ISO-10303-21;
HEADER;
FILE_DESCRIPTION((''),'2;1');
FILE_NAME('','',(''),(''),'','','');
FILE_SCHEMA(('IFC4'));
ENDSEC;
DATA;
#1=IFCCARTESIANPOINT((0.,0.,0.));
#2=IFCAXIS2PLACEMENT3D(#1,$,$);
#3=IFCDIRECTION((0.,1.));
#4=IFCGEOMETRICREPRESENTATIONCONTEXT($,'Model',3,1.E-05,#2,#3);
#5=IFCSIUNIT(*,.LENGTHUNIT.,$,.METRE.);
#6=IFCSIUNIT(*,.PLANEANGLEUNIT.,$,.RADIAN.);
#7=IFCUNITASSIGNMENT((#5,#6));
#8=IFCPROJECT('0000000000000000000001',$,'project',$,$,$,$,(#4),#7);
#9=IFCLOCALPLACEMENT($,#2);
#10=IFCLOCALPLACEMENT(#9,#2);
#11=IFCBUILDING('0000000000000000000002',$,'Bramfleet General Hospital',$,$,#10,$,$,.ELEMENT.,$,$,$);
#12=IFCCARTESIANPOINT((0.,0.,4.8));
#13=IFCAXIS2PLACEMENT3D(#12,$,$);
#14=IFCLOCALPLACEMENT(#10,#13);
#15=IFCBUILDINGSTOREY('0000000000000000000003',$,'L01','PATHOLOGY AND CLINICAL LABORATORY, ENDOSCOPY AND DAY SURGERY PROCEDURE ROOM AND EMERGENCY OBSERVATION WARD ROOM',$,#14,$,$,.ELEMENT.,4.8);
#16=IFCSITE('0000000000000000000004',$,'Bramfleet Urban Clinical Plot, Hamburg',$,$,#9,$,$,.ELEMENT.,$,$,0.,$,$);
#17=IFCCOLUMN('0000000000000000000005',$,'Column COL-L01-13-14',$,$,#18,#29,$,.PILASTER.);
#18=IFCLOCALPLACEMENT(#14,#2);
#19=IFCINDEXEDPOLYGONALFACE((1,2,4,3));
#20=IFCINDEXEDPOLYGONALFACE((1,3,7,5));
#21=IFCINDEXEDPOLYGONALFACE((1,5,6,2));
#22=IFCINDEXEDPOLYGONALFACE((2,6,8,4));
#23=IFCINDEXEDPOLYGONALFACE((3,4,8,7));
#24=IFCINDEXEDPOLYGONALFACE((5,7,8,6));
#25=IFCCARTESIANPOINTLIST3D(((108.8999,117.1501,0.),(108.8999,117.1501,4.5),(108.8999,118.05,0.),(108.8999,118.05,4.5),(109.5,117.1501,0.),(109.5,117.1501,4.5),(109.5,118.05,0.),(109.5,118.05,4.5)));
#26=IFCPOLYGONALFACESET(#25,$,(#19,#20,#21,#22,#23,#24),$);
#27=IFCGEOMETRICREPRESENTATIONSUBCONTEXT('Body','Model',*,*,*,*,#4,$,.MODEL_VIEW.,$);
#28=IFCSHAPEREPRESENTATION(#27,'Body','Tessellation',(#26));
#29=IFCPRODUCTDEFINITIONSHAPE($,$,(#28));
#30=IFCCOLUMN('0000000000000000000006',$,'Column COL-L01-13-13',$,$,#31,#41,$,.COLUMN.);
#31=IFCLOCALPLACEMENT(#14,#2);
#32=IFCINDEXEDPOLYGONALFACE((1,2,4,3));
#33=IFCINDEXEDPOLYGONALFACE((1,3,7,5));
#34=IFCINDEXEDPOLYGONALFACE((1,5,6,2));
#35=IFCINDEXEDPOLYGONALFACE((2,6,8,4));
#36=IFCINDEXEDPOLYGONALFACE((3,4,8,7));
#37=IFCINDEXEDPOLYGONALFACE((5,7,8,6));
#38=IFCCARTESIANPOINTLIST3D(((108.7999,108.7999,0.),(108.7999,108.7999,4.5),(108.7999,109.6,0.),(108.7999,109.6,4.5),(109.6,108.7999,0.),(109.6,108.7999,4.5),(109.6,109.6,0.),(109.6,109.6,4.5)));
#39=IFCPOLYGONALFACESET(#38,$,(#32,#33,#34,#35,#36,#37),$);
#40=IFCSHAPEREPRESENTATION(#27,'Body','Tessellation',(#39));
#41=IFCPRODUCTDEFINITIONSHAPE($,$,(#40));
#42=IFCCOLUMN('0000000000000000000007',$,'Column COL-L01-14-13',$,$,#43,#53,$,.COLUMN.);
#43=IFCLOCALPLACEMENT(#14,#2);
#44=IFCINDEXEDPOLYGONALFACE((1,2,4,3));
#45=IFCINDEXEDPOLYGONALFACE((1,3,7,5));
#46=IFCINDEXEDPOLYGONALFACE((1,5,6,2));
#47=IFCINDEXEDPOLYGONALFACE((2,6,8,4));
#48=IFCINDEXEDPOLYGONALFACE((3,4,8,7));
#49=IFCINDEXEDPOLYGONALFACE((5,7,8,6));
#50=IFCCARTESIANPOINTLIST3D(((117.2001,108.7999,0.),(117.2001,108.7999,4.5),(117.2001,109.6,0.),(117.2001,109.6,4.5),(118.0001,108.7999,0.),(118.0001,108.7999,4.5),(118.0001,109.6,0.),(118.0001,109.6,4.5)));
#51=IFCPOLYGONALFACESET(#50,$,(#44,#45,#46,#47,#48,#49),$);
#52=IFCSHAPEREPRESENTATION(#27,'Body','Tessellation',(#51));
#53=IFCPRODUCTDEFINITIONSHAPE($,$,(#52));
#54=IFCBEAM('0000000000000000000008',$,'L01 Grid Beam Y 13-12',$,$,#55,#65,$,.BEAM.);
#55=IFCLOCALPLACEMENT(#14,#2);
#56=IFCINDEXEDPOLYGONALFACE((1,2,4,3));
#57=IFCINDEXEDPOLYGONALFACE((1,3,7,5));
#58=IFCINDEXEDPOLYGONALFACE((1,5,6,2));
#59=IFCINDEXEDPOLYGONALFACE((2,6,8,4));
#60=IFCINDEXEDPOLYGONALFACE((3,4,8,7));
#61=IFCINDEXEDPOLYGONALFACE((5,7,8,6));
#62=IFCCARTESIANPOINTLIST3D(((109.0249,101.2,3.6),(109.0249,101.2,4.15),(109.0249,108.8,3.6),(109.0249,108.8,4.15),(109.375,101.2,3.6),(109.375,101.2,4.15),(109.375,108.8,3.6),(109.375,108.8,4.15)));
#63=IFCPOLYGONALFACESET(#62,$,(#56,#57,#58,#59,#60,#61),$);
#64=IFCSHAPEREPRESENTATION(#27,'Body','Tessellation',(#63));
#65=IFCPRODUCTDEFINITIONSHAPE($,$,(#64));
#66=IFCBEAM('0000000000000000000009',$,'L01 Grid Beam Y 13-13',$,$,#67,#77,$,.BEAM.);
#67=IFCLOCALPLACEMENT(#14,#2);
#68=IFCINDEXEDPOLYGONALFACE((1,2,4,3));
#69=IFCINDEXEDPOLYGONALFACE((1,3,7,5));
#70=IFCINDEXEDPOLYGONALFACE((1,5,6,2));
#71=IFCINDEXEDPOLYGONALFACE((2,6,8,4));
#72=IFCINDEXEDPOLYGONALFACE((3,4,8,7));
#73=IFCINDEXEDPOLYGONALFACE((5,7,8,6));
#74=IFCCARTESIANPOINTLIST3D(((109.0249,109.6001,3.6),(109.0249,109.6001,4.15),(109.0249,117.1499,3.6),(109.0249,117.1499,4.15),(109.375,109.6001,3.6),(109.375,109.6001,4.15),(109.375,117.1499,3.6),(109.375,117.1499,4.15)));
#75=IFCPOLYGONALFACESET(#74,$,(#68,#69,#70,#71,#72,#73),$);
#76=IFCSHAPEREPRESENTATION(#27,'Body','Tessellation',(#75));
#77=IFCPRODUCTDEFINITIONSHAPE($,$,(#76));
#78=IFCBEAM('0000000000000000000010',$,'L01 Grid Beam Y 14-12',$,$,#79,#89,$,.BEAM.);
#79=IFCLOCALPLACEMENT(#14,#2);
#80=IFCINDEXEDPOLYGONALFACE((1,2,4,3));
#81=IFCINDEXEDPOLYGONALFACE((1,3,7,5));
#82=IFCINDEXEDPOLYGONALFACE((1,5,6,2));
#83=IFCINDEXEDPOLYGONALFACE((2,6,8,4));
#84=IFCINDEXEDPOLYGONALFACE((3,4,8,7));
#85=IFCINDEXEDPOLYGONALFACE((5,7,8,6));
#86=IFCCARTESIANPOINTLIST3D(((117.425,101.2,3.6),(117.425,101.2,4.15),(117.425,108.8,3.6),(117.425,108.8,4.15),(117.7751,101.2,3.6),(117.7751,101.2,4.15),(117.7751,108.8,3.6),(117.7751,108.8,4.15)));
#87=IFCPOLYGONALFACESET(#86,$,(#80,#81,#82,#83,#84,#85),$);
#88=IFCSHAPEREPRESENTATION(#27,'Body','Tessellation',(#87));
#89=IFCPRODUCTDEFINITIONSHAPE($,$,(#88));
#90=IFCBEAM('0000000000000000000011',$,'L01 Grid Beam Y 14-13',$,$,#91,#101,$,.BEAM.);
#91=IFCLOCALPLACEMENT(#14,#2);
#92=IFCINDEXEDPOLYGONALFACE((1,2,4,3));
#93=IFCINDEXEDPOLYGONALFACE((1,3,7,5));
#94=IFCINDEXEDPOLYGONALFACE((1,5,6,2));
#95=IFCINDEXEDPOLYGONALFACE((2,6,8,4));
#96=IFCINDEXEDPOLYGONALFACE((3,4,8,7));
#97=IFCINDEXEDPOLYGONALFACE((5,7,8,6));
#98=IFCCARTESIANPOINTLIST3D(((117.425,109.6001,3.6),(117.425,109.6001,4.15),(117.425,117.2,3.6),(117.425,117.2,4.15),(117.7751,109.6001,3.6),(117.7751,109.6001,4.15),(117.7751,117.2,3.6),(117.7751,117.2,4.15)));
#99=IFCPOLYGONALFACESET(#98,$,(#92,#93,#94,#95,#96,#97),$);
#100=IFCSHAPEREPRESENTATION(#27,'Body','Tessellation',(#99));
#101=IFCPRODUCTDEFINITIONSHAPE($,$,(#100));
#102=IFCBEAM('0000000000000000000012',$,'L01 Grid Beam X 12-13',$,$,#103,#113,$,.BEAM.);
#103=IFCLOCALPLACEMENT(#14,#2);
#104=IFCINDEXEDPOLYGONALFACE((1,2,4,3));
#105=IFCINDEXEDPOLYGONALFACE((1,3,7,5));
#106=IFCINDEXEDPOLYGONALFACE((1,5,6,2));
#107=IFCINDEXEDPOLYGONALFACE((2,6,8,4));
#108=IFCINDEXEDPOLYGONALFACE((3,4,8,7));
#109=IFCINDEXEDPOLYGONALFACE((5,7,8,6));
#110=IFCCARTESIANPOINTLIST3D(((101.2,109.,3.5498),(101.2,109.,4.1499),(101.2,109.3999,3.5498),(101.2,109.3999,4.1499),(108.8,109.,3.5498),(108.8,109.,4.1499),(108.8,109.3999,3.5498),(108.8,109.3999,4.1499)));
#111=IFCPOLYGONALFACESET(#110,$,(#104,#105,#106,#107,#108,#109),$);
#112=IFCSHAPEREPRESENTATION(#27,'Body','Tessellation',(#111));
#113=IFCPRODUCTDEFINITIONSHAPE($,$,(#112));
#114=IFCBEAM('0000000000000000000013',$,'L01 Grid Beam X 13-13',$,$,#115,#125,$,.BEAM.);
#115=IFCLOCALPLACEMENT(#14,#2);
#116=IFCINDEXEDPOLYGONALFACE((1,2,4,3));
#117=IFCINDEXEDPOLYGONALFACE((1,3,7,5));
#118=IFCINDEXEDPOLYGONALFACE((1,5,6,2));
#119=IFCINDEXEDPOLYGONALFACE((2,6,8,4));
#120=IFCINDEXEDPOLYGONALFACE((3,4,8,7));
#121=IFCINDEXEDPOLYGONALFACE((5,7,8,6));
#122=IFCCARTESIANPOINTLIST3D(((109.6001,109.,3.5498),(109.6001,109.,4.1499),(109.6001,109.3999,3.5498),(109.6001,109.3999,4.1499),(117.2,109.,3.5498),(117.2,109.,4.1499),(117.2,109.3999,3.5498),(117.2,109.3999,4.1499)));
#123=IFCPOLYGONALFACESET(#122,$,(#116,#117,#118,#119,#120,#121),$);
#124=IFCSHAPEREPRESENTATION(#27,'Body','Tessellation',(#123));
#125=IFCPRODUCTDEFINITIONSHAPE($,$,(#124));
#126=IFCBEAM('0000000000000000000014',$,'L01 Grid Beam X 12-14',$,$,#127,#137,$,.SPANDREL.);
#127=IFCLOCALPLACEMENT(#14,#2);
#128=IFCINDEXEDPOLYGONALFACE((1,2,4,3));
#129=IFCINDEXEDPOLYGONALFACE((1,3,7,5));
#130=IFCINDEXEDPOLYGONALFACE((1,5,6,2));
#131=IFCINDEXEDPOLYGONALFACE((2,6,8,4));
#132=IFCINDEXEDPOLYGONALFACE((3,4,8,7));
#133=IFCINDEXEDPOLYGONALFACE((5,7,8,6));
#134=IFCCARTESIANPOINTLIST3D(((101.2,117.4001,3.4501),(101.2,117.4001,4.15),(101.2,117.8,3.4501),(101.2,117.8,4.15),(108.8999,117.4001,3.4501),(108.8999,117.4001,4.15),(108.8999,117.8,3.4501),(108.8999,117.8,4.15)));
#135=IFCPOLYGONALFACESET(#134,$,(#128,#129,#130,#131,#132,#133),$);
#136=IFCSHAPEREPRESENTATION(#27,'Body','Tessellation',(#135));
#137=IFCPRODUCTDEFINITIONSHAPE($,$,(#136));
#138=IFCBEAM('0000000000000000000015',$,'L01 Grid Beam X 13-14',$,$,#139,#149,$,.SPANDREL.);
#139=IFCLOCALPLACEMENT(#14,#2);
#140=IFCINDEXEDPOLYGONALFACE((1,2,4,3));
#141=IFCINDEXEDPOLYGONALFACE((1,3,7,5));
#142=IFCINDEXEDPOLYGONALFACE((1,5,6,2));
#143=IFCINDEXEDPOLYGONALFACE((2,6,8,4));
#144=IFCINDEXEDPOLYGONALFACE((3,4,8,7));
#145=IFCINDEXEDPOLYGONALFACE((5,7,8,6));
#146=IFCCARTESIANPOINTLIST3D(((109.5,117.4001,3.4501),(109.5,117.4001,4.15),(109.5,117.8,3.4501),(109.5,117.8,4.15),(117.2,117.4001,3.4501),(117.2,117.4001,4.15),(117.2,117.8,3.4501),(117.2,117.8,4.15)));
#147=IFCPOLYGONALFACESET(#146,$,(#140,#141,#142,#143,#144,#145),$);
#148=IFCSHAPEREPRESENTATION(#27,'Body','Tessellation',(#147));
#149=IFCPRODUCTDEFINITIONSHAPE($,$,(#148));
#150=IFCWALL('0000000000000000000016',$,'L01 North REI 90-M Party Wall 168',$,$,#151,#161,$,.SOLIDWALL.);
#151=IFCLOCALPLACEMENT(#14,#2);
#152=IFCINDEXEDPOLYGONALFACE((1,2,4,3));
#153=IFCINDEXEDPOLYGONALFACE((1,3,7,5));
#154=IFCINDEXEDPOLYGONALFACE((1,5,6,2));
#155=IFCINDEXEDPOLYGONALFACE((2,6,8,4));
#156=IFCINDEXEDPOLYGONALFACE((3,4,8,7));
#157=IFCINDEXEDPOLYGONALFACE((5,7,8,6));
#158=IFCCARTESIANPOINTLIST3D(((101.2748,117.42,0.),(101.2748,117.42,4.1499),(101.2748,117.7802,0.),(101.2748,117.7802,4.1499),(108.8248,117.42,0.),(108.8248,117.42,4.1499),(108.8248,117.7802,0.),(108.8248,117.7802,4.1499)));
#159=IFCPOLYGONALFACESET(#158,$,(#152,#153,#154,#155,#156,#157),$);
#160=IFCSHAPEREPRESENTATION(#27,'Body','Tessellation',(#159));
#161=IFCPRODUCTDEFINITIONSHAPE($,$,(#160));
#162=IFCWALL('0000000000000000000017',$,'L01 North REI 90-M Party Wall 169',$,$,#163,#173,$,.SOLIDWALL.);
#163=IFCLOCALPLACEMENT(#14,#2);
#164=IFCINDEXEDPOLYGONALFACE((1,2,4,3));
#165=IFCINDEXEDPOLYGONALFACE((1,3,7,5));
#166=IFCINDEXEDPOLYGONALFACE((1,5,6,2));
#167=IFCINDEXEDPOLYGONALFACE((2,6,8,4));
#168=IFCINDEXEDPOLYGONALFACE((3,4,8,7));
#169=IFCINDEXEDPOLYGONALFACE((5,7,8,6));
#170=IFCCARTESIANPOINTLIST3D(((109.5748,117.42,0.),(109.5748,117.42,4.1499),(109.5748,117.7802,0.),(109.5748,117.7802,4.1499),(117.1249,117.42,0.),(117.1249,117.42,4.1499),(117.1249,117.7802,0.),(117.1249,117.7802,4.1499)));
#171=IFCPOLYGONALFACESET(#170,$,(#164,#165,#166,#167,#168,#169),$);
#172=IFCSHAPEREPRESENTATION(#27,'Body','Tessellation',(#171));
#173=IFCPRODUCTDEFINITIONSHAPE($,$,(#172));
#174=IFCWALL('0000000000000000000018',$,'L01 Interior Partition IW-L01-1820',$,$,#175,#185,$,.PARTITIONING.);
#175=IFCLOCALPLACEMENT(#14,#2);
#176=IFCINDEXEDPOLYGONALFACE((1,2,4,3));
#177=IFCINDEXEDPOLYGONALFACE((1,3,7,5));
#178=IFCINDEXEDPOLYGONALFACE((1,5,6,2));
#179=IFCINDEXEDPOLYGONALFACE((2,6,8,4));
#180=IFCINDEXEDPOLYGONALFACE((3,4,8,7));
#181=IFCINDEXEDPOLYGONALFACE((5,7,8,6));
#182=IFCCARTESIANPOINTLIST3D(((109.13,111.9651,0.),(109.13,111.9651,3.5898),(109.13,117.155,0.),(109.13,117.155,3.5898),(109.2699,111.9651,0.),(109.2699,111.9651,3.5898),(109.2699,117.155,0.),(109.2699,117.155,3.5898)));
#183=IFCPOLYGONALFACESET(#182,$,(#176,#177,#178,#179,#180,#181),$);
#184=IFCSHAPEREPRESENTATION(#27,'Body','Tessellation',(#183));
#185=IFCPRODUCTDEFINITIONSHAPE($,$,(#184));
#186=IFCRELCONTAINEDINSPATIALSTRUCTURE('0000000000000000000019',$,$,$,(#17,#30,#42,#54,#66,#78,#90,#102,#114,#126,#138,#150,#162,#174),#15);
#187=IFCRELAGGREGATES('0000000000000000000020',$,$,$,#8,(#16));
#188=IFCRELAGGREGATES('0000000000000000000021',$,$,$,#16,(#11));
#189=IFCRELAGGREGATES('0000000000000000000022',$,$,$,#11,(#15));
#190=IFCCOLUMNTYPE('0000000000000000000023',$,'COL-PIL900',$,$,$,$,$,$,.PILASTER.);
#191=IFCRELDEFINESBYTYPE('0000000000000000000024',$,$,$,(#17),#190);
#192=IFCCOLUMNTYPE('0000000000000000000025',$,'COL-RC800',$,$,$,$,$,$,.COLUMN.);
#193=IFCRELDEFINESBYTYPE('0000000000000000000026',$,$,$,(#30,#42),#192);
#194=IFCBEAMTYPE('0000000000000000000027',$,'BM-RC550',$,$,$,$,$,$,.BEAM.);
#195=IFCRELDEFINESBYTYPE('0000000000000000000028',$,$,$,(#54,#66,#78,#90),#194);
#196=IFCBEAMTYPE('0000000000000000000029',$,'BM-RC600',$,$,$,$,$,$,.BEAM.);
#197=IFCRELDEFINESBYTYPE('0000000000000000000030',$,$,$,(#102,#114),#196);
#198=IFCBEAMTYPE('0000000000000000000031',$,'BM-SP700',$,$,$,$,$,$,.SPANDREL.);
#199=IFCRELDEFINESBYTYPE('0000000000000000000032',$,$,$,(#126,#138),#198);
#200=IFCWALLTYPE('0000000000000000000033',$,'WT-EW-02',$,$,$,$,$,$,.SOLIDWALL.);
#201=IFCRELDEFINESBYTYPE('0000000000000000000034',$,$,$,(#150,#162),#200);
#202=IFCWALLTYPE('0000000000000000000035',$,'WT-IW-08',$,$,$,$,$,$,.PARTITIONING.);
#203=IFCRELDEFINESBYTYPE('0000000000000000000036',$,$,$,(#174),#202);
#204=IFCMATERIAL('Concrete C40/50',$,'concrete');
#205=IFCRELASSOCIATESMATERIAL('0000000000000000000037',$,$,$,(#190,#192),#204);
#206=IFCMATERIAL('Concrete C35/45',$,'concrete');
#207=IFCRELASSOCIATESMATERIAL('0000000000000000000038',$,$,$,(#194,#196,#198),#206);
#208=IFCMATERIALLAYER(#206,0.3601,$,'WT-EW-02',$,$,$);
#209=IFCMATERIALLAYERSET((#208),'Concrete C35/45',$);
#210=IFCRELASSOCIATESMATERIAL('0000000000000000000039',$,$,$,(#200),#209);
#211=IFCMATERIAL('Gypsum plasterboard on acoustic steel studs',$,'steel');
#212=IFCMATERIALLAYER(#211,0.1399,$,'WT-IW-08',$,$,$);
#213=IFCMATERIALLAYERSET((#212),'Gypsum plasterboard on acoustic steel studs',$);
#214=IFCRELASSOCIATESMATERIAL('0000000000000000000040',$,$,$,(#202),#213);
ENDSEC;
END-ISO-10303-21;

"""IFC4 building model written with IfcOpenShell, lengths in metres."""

from ifc_helpers import new_model, si_unit, direction, frame, frame_2d, origin, origin_2d, place, context, subcontext, project, spatial, rectangle, extrude, material, layer, layer_set, material_profile, profile_set, type_object, element, save


model = new_model("IFC4")

# Units and contexts
model_context = context("Model", 3, precision=1e-05, world=origin(), true_north=direction((0.0, 1.0)))
body_context = subcontext(model_context, "Body", "Model", "MODEL_VIEW")
ifc_project = project(units=[si_unit("LENGTHUNIT", "METRE"), si_unit("PLANEANGLEUNIT", "RADIAN")], contexts=[model_context])

# Site, building, storey
site_placement = place(None, origin())
site = spatial("IfcSite", under=ifc_project, at=site_placement, Name="Bramfleet Urban Clinical Plot, Hamburg", CompositionType="ELEMENT", RefElevation=0.0)
building_placement = place(site_placement, origin())
building = spatial("IfcBuilding", under=site, at=building_placement, Name="Bramfleet General Hospital", CompositionType="ELEMENT")
storey_placement = place(building_placement, frame((0.0, 0.0, 4.8)))
storey = spatial("IfcBuildingStorey", under=building, at=storey_placement, Name="L01", Description="PATHOLOGY AND CLINICAL LABORATORY, ENDOSCOPY AND DAY SURGERY PROCEDURE ROOM AND EMERGENCY OBSERVATION WARD ROOM", CompositionType="ELEMENT", Elevation=4.8)

# Columns
ifc_material_1 = material(Name="Concrete C40/50", Category="concrete")
ifc_material_profile_1 = material_profile(ifc_material_1, rectangle(XDim=0.6001, YDim=0.8999, at=origin_2d()), Name="RC PIL 900x600")
ifc_profile_set_1 = profile_set([ifc_material_profile_1], Name="Concrete C40/50")
column_type_1 = type_object("IfcColumnType", Name="COL-PIL900", PredefinedType="PILASTER", material=ifc_profile_set_1)
column_placement = place(storey_placement, frame((109.2, 117.6001, 0.0), z_axis=(0.0, 0.0, 1.0), x_axis=(1.0, 0.0, 0.0)))
element("IfcColumn", 1, at=column_placement, inside=storey, type_object=column_type_1, Name="Column COL-L01-13-14", PredefinedType="PILASTER", context=body_context, shape_type="SweptSolid", body=[
    extrude(rectangle(XDim=0.6001, YDim=0.8999, at=origin_2d()), origin(), (0.0, 0.0, 1.0), 4.5),
])
ifc_material_profile_2 = material_profile(ifc_material_1, rectangle(XDim=0.8, YDim=0.8, at=origin_2d()), Name="RC COL 800x800")
ifc_profile_set_2 = profile_set([ifc_material_profile_2], Name="Concrete C40/50")
column_type_2 = type_object("IfcColumnType", Name="COL-RC800", PredefinedType="COLUMN", material=ifc_profile_set_2)
for number, where, z_axis, x_axis, name in (
    (2, (109.2, 109.2, 0.0), (0.0, 0.0, 1.0), (1.0, 0.0, 0.0), "Column COL-L01-13-13"),
    (3, (117.6001, 109.2, 0.0), (0.0, 0.0, 1.0), (1.0, 0.0, 0.0), "Column COL-L01-14-13"),
):
    element("IfcColumn", number, at=place(storey_placement, frame(where, z_axis=z_axis, x_axis=x_axis)), inside=storey, type_object=column_type_2, Name=name, PredefinedType="COLUMN", context=body_context, shape_type="SweptSolid", body=[
        extrude(rectangle(XDim=0.8, YDim=0.8, at=origin_2d()), origin(), (0.0, 0.0, 1.0), 4.5),
    ])

# Beams
ifc_material_2 = material(Name="Concrete C35/45", Category="concrete")
ifc_material_profile_3 = material_profile(ifc_material_2, rectangle(XDim=0.3501, YDim=0.55, at=origin_2d()), Name="RC BM 550x350")
ifc_profile_set_3 = profile_set([ifc_material_profile_3], Name="Concrete C35/45")
beam_type_1 = type_object("IfcBeamType", Name="BM-RC550", PredefinedType="BEAM", material=ifc_profile_set_3)
beam_1_placement = place(storey_placement, frame((109.2, 101.2, 3.875), z_axis=(0.0, 1.0, 0.0), x_axis=(-1.0, 0.0, 0.0)))
element("IfcBeam", 4, at=beam_1_placement, inside=storey, type_object=beam_type_1, Name="L01 Grid Beam Y 13-12", PredefinedType="BEAM", context=body_context, shape_type="SweptSolid", body=[
    extrude(rectangle(XDim=0.3501, YDim=0.55, at=origin_2d()), origin(), (0.0, 0.0, 1.0), 7.6001),
])
beam_2_placement = place(storey_placement, frame((109.2, 109.6001, 3.875), z_axis=(0.0, 1.0, 0.0), x_axis=(-1.0, 0.0, 0.0)))
element("IfcBeam", 5, at=beam_2_placement, inside=storey, type_object=beam_type_1, Name="L01 Grid Beam Y 13-13", PredefinedType="BEAM", context=body_context, shape_type="SweptSolid", body=[
    extrude(rectangle(XDim=0.3501, YDim=0.55, at=origin_2d()), origin(), (0.0, 0.0, 1.0), 7.5498),
])
beam_3_placement = place(storey_placement, frame((117.6001, 101.2, 3.875), z_axis=(0.0, 1.0, 0.0), x_axis=(-1.0, 0.0, 0.0)))
element("IfcBeam", 6, at=beam_3_placement, inside=storey, type_object=beam_type_1, Name="L01 Grid Beam Y 14-12", PredefinedType="BEAM", context=body_context, shape_type="SweptSolid", body=[
    extrude(rectangle(XDim=0.3501, YDim=0.55, at=origin_2d()), origin(), (0.0, 0.0, 1.0), 7.6001),
])
beam_4_placement = place(storey_placement, frame((117.6001, 109.6001, 3.875), z_axis=(0.0, 1.0, 0.0), x_axis=(-1.0, 0.0, 0.0)))
element("IfcBeam", 7, at=beam_4_placement, inside=storey, type_object=beam_type_1, Name="L01 Grid Beam Y 14-13", PredefinedType="BEAM", context=body_context, shape_type="SweptSolid", body=[
    extrude(rectangle(XDim=0.3501, YDim=0.55, at=origin_2d()), origin(), (0.0, 0.0, 1.0), 7.5999),
])
ifc_material_profile_4 = material_profile(ifc_material_2, rectangle(XDim=0.3999, YDim=0.6001, at=origin_2d()), Name="RC BM 600x400")
ifc_profile_set_4 = profile_set([ifc_material_profile_4], Name="Concrete C35/45")
beam_type_2 = type_object("IfcBeamType", Name="BM-RC600", PredefinedType="BEAM", material=ifc_profile_set_4)
beam_5_placement = place(storey_placement, frame((101.2, 109.2, 3.8499), z_axis=(1.0, 0.0, 0.0), x_axis=(0.0, 1.0, 0.0)))
element("IfcBeam", 8, at=beam_5_placement, inside=storey, type_object=beam_type_2, Name="L01 Grid Beam X 12-13", PredefinedType="BEAM", context=body_context, shape_type="SweptSolid", body=[
    extrude(rectangle(XDim=0.3999, YDim=0.6001, at=origin_2d()), origin(), (0.0, 0.0, 1.0), 7.6001),
])
beam_6_placement = place(storey_placement, frame((109.6001, 109.2, 3.8499), z_axis=(1.0, 0.0, 0.0), x_axis=(0.0, 1.0, 0.0)))
element("IfcBeam", 9, at=beam_6_placement, inside=storey, type_object=beam_type_2, Name="L01 Grid Beam X 13-13", PredefinedType="BEAM", context=body_context, shape_type="SweptSolid", body=[
    extrude(rectangle(XDim=0.3999, YDim=0.6001, at=origin_2d()), origin(), (0.0, 0.0, 1.0), 7.5999),
])
ifc_material_profile_5 = material_profile(ifc_material_2, rectangle(XDim=0.3999, YDim=0.7, at=origin_2d()), Name="RC SP 700x400")
ifc_profile_set_5 = profile_set([ifc_material_profile_5], Name="Concrete C35/45")
beam_type_3 = type_object("IfcBeamType", Name="BM-SP700", PredefinedType="SPANDREL", material=ifc_profile_set_5)
for number, where, z_axis, x_axis, name in (
    (10, (101.2, 117.6001, 3.8), (1.0, 0.0, 0.0), (0.0, 1.0, 0.0), "L01 Grid Beam X 12-14"),
    (11, (109.5, 117.6001, 3.8), (1.0, 0.0, 0.0), (0.0, 1.0, 0.0), "L01 Grid Beam X 13-14"),
):
    element("IfcBeam", number, at=place(storey_placement, frame(where, z_axis=z_axis, x_axis=x_axis)), inside=storey, type_object=beam_type_3, Name=name, PredefinedType="SPANDREL", context=body_context, shape_type="SweptSolid", body=[
        extrude(rectangle(XDim=0.3999, YDim=0.7, at=origin_2d()), origin(), (0.0, 0.0, 1.0), 7.7),
    ])

# Walls
ifc_layer_1 = layer(ifc_material_2, 0.3601, Name="WT-EW-02")
ifc_layer_set_1 = layer_set([ifc_layer_1], Name="Concrete C35/45")
wall_type_1 = type_object("IfcWallType", Name="WT-EW-02", PredefinedType="SOLIDWALL", material=ifc_layer_set_1)
for number, where, z_axis, x_axis, name in (
    (12, (101.2749, 117.6001, 0.0), (0.0, 0.0, 1.0), (1.0, 0.0, 0.0), "L01 North REI 90-M Party Wall 168"),
    (13, (109.575, 117.6001, 0.0), (0.0, 0.0, 1.0), (1.0, 0.0, 0.0), "L01 North REI 90-M Party Wall 169"),
):
    element("IfcWall", number, at=place(storey_placement, frame(where, z_axis=z_axis, x_axis=x_axis)), inside=storey, type_object=wall_type_1, Name=name, PredefinedType="SOLIDWALL", context=body_context, shape_type="SweptSolid", body=[
        extrude(rectangle(XDim=7.55, YDim=0.3601, at=frame_2d((3.7749, 0.0))), origin(), (0.0, 0.0, 1.0), 4.1499),
    ])
ifc_material_3 = material(Name="Gypsum plasterboard on acoustic steel studs", Category="steel")
ifc_layer_2 = layer(ifc_material_3, 0.1399, Name="WT-IW-08")
ifc_layer_set_2 = layer_set([ifc_layer_2], Name="Gypsum plasterboard on acoustic steel studs")
wall_type_2 = type_object("IfcWallType", Name="WT-IW-08", PredefinedType="PARTITIONING", material=ifc_layer_set_2)
wall_1_placement = place(storey_placement, frame((109.2, 111.9651, 0.0), z_axis=(0.0, 0.0, 1.0), x_axis=(0.0, 1.0, 0.0)))
element("IfcWall", 14, at=wall_1_placement, inside=storey, type_object=wall_type_2, Name="L01 Interior Partition IW-L01-1820", PredefinedType="PARTITIONING", context=body_context, shape_type="SweptSolid", body=[
    extrude(rectangle(XDim=5.1899, YDim=0.1399, at=frame_2d((2.595, 0.0))), origin(), (0.0, 0.0, 1.0), 3.5898),
])

save(model, "model.ifc")
